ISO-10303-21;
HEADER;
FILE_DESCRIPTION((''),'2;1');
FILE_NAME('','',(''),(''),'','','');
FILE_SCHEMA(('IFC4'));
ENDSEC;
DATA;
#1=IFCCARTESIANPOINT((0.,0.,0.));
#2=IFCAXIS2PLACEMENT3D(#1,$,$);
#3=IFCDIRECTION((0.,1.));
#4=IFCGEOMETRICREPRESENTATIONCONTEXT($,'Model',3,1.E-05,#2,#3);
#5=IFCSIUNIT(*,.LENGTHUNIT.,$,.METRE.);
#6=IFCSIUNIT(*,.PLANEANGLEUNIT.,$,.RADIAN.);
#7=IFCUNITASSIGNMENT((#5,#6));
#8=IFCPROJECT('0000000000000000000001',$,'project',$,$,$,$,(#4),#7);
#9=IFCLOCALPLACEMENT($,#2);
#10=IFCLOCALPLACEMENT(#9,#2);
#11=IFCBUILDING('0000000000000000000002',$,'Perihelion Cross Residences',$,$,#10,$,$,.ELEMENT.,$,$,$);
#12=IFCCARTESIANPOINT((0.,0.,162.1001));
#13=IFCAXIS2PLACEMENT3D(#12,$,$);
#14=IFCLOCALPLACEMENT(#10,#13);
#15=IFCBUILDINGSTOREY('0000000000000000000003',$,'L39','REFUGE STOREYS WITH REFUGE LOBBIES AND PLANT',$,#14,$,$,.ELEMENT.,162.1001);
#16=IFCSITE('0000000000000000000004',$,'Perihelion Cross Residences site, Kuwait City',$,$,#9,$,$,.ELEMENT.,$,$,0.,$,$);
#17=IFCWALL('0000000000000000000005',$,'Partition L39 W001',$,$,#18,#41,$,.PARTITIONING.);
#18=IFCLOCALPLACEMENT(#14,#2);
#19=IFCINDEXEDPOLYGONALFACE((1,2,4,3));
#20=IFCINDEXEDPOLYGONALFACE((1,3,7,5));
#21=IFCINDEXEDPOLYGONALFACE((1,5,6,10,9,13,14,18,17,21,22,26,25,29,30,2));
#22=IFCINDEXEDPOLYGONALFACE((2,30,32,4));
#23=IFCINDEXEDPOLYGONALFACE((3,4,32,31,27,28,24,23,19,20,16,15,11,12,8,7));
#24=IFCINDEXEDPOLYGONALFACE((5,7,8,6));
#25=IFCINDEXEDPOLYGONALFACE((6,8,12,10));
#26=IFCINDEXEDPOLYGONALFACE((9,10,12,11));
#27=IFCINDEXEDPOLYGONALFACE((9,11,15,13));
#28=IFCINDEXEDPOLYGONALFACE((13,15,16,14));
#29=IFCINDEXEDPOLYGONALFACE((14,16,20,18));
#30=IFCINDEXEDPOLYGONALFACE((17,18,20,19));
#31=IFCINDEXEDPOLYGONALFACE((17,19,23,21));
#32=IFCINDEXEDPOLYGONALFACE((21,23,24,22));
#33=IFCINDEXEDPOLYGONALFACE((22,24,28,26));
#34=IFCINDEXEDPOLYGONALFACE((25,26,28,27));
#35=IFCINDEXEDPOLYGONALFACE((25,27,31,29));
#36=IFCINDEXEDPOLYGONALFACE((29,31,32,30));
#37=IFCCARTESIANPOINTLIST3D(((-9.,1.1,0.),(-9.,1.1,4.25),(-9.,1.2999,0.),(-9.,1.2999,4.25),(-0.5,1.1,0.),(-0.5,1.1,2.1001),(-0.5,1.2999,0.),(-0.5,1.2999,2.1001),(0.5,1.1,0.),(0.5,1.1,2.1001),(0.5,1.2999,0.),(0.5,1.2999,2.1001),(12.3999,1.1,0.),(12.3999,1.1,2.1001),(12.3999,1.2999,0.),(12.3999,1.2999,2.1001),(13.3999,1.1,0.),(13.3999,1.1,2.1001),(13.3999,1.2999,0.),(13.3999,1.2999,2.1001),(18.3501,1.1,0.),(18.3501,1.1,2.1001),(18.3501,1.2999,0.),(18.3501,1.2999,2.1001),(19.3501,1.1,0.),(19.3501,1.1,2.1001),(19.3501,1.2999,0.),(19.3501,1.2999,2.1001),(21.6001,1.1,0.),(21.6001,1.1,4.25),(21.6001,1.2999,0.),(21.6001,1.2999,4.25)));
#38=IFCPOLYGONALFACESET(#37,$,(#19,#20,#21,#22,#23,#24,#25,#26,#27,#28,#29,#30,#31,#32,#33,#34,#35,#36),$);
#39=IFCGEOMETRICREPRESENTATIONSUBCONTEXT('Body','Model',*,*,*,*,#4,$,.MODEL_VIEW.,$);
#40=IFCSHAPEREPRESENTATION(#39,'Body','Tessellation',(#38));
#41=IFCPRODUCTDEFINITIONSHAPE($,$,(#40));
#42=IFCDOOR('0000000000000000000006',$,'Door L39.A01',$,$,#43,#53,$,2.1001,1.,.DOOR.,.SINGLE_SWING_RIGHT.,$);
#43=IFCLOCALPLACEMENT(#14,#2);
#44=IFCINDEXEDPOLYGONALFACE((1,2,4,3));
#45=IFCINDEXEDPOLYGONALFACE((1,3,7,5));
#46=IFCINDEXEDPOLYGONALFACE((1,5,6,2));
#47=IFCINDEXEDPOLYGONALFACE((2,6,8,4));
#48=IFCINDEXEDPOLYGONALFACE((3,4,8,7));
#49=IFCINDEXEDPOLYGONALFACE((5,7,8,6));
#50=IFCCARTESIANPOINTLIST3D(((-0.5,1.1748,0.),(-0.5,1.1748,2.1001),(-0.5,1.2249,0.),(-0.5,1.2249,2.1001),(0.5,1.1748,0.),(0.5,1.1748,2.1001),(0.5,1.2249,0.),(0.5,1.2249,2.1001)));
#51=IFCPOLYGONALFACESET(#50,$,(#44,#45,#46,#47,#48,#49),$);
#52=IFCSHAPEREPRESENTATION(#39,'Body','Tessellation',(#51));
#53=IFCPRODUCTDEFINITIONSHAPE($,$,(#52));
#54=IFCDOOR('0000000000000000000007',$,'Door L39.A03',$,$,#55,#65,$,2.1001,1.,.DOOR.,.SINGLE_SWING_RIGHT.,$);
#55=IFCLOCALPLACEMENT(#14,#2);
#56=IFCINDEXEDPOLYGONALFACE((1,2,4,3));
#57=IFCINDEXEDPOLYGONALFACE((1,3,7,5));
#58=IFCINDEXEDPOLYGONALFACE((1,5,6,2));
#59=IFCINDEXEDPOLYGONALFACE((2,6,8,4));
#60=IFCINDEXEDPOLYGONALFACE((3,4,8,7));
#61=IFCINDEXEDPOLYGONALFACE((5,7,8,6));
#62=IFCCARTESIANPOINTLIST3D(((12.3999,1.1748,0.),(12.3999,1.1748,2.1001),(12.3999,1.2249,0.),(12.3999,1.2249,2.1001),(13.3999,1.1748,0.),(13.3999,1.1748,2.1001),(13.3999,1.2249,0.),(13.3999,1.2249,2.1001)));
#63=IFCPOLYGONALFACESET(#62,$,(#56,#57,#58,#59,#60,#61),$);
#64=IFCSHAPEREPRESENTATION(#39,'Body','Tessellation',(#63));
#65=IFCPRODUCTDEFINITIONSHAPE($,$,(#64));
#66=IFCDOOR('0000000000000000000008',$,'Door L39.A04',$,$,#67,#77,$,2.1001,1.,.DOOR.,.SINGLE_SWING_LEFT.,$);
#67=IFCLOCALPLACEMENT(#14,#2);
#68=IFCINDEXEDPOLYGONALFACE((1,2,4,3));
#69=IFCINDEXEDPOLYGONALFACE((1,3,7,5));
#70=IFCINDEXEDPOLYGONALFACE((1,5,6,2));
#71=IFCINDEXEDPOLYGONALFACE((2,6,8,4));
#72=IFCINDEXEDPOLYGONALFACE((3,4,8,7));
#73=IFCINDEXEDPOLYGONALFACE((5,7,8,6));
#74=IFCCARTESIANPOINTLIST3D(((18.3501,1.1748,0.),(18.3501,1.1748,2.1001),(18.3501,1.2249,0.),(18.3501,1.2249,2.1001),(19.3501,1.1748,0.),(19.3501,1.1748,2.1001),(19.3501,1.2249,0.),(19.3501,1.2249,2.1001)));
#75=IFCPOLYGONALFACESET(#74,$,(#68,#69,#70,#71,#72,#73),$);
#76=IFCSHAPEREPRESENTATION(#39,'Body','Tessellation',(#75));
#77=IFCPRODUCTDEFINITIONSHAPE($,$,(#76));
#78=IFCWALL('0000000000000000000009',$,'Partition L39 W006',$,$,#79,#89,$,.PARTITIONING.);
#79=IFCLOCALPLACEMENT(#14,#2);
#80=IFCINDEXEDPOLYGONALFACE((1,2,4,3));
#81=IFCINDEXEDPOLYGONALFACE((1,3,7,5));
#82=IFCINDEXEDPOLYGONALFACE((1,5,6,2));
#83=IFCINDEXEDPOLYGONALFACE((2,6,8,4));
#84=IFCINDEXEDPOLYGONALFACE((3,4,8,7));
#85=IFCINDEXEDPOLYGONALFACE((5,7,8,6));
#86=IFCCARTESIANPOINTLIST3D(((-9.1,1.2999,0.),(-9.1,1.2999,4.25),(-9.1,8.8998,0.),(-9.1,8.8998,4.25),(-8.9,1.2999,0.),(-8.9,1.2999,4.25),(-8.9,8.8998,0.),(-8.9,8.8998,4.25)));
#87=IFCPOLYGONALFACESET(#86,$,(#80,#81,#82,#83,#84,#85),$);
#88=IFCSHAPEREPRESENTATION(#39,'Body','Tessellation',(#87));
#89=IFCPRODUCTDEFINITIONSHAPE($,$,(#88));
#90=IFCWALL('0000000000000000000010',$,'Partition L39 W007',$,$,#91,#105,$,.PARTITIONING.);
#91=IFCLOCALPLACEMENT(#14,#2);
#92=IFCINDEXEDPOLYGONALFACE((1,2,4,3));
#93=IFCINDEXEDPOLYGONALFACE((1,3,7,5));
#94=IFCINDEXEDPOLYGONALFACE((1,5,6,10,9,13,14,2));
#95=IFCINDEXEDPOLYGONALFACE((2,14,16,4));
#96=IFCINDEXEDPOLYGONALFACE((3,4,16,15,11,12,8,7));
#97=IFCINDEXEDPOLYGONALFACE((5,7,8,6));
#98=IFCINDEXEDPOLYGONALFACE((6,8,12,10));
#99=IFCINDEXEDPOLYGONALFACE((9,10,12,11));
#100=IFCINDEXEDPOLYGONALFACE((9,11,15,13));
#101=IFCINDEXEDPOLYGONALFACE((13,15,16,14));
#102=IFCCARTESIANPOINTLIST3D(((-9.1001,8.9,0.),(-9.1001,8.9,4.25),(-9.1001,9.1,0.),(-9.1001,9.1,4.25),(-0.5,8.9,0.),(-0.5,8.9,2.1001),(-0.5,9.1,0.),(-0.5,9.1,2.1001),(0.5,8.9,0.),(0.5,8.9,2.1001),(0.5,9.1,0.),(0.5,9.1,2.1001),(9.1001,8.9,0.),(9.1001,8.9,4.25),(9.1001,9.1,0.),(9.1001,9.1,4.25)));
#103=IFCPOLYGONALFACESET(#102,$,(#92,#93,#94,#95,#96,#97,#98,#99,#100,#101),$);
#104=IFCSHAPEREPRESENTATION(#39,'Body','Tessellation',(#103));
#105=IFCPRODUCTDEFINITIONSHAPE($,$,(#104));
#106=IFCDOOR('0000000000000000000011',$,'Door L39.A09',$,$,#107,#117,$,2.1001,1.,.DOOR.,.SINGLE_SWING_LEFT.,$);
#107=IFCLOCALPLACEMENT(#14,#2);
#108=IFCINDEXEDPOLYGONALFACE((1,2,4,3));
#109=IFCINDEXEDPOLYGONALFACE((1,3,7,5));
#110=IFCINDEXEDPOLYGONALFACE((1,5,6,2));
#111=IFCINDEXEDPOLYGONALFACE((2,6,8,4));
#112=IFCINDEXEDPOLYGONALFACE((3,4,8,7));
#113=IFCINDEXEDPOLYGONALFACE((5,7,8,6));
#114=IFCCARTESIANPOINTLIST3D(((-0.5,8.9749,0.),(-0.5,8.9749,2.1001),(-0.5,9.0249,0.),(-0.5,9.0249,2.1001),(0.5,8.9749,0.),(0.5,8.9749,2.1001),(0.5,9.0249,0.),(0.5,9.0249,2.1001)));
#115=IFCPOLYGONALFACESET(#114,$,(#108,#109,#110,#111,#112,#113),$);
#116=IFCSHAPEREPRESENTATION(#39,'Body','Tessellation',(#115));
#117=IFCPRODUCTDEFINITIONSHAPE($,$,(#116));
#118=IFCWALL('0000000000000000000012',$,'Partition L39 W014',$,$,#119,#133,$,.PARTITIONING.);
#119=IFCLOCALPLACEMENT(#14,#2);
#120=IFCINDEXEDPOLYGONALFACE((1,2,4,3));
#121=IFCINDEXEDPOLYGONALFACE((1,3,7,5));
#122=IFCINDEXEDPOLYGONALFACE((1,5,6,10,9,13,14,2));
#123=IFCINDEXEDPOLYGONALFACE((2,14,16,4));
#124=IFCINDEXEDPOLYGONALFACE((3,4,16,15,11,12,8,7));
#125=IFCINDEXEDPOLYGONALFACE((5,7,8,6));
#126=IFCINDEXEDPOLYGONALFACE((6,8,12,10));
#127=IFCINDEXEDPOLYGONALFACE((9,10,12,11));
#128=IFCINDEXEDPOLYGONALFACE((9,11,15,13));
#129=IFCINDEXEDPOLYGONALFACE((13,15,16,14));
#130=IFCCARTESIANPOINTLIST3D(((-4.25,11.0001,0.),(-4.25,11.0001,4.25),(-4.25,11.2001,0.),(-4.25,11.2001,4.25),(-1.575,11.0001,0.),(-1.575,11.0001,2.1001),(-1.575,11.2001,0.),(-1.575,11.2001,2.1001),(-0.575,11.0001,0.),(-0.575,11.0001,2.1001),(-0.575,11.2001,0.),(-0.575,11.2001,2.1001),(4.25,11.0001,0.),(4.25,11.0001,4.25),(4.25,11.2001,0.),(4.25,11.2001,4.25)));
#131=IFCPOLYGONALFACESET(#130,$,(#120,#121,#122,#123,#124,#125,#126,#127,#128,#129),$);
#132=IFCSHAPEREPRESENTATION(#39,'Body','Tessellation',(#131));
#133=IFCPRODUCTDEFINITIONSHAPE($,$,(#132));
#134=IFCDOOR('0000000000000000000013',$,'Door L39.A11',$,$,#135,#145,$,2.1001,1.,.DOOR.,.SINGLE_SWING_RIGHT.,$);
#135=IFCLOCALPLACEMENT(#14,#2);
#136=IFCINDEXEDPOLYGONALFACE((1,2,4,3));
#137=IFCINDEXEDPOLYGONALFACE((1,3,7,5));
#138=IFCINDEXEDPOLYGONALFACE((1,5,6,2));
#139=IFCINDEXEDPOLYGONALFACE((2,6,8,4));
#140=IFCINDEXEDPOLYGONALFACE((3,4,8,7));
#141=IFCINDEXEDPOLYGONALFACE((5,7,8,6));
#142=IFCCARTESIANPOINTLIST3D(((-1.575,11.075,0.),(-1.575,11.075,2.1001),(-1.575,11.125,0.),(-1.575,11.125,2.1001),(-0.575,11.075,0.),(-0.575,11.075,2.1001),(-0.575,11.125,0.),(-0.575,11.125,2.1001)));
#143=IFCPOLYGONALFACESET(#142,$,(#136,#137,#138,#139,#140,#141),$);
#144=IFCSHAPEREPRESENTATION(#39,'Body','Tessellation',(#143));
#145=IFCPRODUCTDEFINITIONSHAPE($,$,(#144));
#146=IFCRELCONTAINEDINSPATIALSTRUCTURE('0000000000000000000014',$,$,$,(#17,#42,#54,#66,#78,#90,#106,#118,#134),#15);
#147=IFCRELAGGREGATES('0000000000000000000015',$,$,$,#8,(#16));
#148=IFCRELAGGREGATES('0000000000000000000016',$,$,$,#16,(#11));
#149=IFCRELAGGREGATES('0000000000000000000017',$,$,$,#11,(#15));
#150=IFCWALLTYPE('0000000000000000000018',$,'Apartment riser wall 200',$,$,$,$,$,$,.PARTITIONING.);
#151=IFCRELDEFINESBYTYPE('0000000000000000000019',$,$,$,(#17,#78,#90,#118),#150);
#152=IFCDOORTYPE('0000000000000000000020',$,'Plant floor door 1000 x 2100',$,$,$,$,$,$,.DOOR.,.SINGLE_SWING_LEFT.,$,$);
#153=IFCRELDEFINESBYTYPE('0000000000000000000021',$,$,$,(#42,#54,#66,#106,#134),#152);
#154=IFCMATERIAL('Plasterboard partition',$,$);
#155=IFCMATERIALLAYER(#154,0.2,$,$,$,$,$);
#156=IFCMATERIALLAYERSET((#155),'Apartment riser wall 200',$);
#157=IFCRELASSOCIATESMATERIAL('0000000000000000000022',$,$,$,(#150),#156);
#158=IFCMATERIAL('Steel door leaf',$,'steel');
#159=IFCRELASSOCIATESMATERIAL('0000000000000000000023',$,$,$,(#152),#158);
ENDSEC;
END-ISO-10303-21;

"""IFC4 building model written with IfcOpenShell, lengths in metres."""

from ifc_helpers import new_model, si_unit, direction, frame, frame_2d, origin, place, context, subcontext, project, spatial, rectangle, extrude, material, layer, layer_set, type_object, element, fill, save


model = new_model("IFC4")

# Units and contexts
model_context = context("Model", 3, precision=1e-05, world=origin(), true_north=direction((0.0, 1.0)))
body_context = subcontext(model_context, "Body", "Model", "MODEL_VIEW")
ifc_project = project(units=[si_unit("LENGTHUNIT", "METRE"), si_unit("PLANEANGLEUNIT", "RADIAN")], contexts=[model_context])

# Site, building, storey
site_placement = place(None, origin())
site = spatial("IfcSite", under=ifc_project, at=site_placement, Name="Perihelion Cross Residences site, Kuwait City", CompositionType="ELEMENT", RefElevation=0.0)
building_placement = place(site_placement, origin())
building = spatial("IfcBuilding", under=site, at=building_placement, Name="Perihelion Cross Residences", CompositionType="ELEMENT")
storey_placement = place(building_placement, frame((0.0, 0.0, 162.1001)))
storey = spatial("IfcBuildingStorey", under=building, at=storey_placement, Name="L39", Description="REFUGE STOREYS WITH REFUGE LOBBIES AND PLANT", CompositionType="ELEMENT", Elevation=162.1001)

# Wall, openings, doors
ifc_material_1 = material(Name="Plasterboard partition")
ifc_layer_1 = layer(ifc_material_1, 0.2)
ifc_layer_set_1 = layer_set([ifc_layer_1], Name="Apartment riser wall 200")
wall_type_1 = type_object("IfcWallType", Name="Apartment riser wall 200", PredefinedType="PARTITIONING", material=ifc_layer_set_1)
wall_1_placement = place(storey_placement, frame((-9.0, 1.2, 0.0), z_axis=(0.0, 0.0, 1.0), x_axis=(1.0, 0.0, 0.0)))
wall_1 = element("IfcWall", 1, at=wall_1_placement, inside=storey, type_object=wall_type_1, Name="Partition L39 W001", PredefinedType="PARTITIONING", context=body_context, shape_type="SweptSolid", body=[
    extrude(rectangle(XDim=30.6001, YDim=0.2, at=frame_2d((15.3, 0.0))), origin(), (0.0, 0.0, 1.0), 4.25),
])
opening_1_placement = place(wall_1_placement, frame((8.5, 0.0, 0.0)))
opening_1 = element("IfcOpeningElement", 2, at=opening_1_placement, cuts=wall_1, PredefinedType="OPENING", context=body_context, shape_type="SweptSolid", body=[
    extrude(rectangle(XDim=1.0, YDim=2.1001, at=frame_2d((0.5, 1.05))), frame((0.0, 0.1099, 0.0), z_axis=(0.0, -1.0, 0.0), x_axis=(1.0, 0.0, 0.0)), (0.0, 0.0, 1.0), 0.22),
])
opening_2_placement = place(wall_1_placement, frame((21.3999, 0.0, 0.0)))
opening_2 = element("IfcOpeningElement", 3, at=opening_2_placement, cuts=wall_1, PredefinedType="OPENING", context=body_context, shape_type="SweptSolid", body=[
    extrude(rectangle(XDim=1.0, YDim=2.1001, at=frame_2d((0.5, 1.05))), frame((0.0, 0.1099, 0.0), z_axis=(0.0, -1.0, 0.0), x_axis=(1.0, 0.0, 0.0)), (0.0, 0.0, 1.0), 0.22),
])
opening_3_placement = place(wall_1_placement, frame((27.3501, 0.0, 0.0)))
opening_3 = element("IfcOpeningElement", 4, at=opening_3_placement, cuts=wall_1, PredefinedType="OPENING", context=body_context, shape_type="SweptSolid", body=[
    extrude(rectangle(XDim=1.0, YDim=2.1001, at=frame_2d((0.5, 1.05))), frame((0.0, 0.1099, 0.0), z_axis=(0.0, -1.0, 0.0), x_axis=(1.0, 0.0, 0.0)), (0.0, 0.0, 1.0), 0.22),
])
ifc_material_2 = material(Name="Steel door leaf", Category="steel")
door_type_1 = type_object("IfcDoorType", Name="Plant floor door 1000 x 2100", OperationType="SINGLE_SWING_LEFT", PredefinedType="DOOR", material=ifc_material_2)
door_1_placement = place(opening_1_placement, origin())
door_1 = element("IfcDoor", 5, at=door_1_placement, inside=storey, type_object=door_type_1, Name="Door L39.A01", OperationType="SINGLE_SWING_RIGHT", OverallHeight=2.1001, OverallWidth=1.0, PredefinedType="DOOR", context=body_context, shape_type="SweptSolid", body=[
    extrude(rectangle(XDim=1.0, YDim=2.1001, at=frame_2d((0.5, 1.05))), frame((0.0, 0.0249, 0.0), z_axis=(0.0, -1.0, 0.0), x_axis=(1.0, 0.0, 0.0)), (0.0, 0.0, 1.0), 0.05),
])
fill(opening_1, door_1)
door_2_placement = place(opening_2_placement, origin())
door_2 = element("IfcDoor", 6, at=door_2_placement, inside=storey, type_object=door_type_1, Name="Door L39.A03", OperationType="SINGLE_SWING_RIGHT", OverallHeight=2.1001, OverallWidth=1.0, PredefinedType="DOOR", context=body_context, shape_type="SweptSolid", body=[
    extrude(rectangle(XDim=1.0, YDim=2.1001, at=frame_2d((0.5, 1.05))), frame((0.0, 0.0249, 0.0), z_axis=(0.0, -1.0, 0.0), x_axis=(1.0, 0.0, 0.0)), (0.0, 0.0, 1.0), 0.05),
])
fill(opening_2, door_2)
door_3_placement = place(opening_3_placement, origin())
door_3 = element("IfcDoor", 7, at=door_3_placement, inside=storey, type_object=door_type_1, Name="Door L39.A04", OperationType="SINGLE_SWING_LEFT", OverallHeight=2.1001, OverallWidth=1.0, PredefinedType="DOOR", context=body_context, shape_type="SweptSolid", body=[
    extrude(rectangle(XDim=1.0, YDim=2.1001, at=frame_2d((0.5, 1.05))), frame((0.0, 0.0249, 0.0), z_axis=(0.0, -1.0, 0.0), x_axis=(1.0, 0.0, 0.0)), (0.0, 0.0, 1.0), 0.05),
])
fill(opening_3, door_3)

# Wall
wall_2_placement = place(storey_placement, frame((-9.0, 1.3, 0.0), z_axis=(0.0, 0.0, 1.0), x_axis=(0.0, 1.0, 0.0)))
element("IfcWall", 8, at=wall_2_placement, inside=storey, type_object=wall_type_1, Name="Partition L39 W006", PredefinedType="PARTITIONING", context=body_context, shape_type="SweptSolid", body=[
    extrude(rectangle(XDim=7.5999, YDim=0.2, at=frame_2d((3.7998, 0.0))), origin(), (0.0, 0.0, 1.0), 4.25),
])

# Walls, openings, doors
wall_3_placement = place(storey_placement, frame((-9.1001, 9.0, 0.0), z_axis=(0.0, 0.0, 1.0), x_axis=(1.0, 0.0, 0.0)))
wall_3 = element("IfcWall", 9, at=wall_3_placement, inside=storey, type_object=wall_type_1, Name="Partition L39 W007", PredefinedType="PARTITIONING", context=body_context, shape_type="SweptSolid", body=[
    extrude(rectangle(XDim=18.2002, YDim=0.2, at=frame_2d((9.1001, 0.0))), origin(), (0.0, 0.0, 1.0), 4.25),
])
opening_4_placement = place(wall_3_placement, frame((8.6001, 0.0, 0.0)))
opening_4 = element("IfcOpeningElement", 10, at=opening_4_placement, cuts=wall_3, PredefinedType="OPENING", context=body_context, shape_type="SweptSolid", body=[
    extrude(rectangle(XDim=1.0, YDim=2.1001, at=frame_2d((0.5, 1.05))), frame((0.0, 0.1099, 0.0), z_axis=(0.0, -1.0, 0.0), x_axis=(1.0, 0.0, 0.0)), (0.0, 0.0, 1.0), 0.22),
])
door_4_placement = place(opening_4_placement, origin())
door_4 = element("IfcDoor", 11, at=door_4_placement, inside=storey, type_object=door_type_1, Name="Door L39.A09", OperationType="SINGLE_SWING_LEFT", OverallHeight=2.1001, OverallWidth=1.0, PredefinedType="DOOR", context=body_context, shape_type="SweptSolid", body=[
    extrude(rectangle(XDim=1.0, YDim=2.1001, at=frame_2d((0.5, 1.05))), frame((0.0, 0.0249, 0.0), z_axis=(0.0, -1.0, 0.0), x_axis=(1.0, 0.0, 0.0)), (0.0, 0.0, 1.0), 0.05),
])
fill(opening_4, door_4)
wall_4_placement = place(storey_placement, frame((-4.25, 11.1001, 0.0), z_axis=(0.0, 0.0, 1.0), x_axis=(1.0, 0.0, 0.0)))
wall_4 = element("IfcWall", 12, at=wall_4_placement, inside=storey, type_object=wall_type_1, Name="Partition L39 W014", PredefinedType="PARTITIONING", context=body_context, shape_type="SweptSolid", body=[
    extrude(rectangle(XDim=8.5, YDim=0.2, at=frame_2d((4.25, 0.0))), origin(), (0.0, 0.0, 1.0), 4.25),
])
opening_5_placement = place(wall_4_placement, frame((2.675, 0.0, 0.0)))
opening_5 = element("IfcOpeningElement", 13, at=opening_5_placement, cuts=wall_4, PredefinedType="OPENING", context=body_context, shape_type="SweptSolid", body=[
    extrude(rectangle(XDim=1.0, YDim=2.1001, at=frame_2d((0.5, 1.05))), frame((0.0, 0.1099, 0.0), z_axis=(0.0, -1.0, 0.0), x_axis=(1.0, 0.0, 0.0)), (0.0, 0.0, 1.0), 0.22),
])
door_5_placement = place(opening_5_placement, origin())
door_5 = element("IfcDoor", 14, at=door_5_placement, inside=storey, type_object=door_type_1, Name="Door L39.A11", OperationType="SINGLE_SWING_RIGHT", OverallHeight=2.1001, OverallWidth=1.0, PredefinedType="DOOR", context=body_context, shape_type="SweptSolid", body=[
    extrude(rectangle(XDim=1.0, YDim=2.1001, at=frame_2d((0.5, 1.05))), frame((0.0, 0.0249, 0.0), z_axis=(0.0, -1.0, 0.0), x_axis=(1.0, 0.0, 0.0)), (0.0, 0.0, 1.0), 0.05),
])
fill(opening_5, door_5)

save(model, "model.ifc")
